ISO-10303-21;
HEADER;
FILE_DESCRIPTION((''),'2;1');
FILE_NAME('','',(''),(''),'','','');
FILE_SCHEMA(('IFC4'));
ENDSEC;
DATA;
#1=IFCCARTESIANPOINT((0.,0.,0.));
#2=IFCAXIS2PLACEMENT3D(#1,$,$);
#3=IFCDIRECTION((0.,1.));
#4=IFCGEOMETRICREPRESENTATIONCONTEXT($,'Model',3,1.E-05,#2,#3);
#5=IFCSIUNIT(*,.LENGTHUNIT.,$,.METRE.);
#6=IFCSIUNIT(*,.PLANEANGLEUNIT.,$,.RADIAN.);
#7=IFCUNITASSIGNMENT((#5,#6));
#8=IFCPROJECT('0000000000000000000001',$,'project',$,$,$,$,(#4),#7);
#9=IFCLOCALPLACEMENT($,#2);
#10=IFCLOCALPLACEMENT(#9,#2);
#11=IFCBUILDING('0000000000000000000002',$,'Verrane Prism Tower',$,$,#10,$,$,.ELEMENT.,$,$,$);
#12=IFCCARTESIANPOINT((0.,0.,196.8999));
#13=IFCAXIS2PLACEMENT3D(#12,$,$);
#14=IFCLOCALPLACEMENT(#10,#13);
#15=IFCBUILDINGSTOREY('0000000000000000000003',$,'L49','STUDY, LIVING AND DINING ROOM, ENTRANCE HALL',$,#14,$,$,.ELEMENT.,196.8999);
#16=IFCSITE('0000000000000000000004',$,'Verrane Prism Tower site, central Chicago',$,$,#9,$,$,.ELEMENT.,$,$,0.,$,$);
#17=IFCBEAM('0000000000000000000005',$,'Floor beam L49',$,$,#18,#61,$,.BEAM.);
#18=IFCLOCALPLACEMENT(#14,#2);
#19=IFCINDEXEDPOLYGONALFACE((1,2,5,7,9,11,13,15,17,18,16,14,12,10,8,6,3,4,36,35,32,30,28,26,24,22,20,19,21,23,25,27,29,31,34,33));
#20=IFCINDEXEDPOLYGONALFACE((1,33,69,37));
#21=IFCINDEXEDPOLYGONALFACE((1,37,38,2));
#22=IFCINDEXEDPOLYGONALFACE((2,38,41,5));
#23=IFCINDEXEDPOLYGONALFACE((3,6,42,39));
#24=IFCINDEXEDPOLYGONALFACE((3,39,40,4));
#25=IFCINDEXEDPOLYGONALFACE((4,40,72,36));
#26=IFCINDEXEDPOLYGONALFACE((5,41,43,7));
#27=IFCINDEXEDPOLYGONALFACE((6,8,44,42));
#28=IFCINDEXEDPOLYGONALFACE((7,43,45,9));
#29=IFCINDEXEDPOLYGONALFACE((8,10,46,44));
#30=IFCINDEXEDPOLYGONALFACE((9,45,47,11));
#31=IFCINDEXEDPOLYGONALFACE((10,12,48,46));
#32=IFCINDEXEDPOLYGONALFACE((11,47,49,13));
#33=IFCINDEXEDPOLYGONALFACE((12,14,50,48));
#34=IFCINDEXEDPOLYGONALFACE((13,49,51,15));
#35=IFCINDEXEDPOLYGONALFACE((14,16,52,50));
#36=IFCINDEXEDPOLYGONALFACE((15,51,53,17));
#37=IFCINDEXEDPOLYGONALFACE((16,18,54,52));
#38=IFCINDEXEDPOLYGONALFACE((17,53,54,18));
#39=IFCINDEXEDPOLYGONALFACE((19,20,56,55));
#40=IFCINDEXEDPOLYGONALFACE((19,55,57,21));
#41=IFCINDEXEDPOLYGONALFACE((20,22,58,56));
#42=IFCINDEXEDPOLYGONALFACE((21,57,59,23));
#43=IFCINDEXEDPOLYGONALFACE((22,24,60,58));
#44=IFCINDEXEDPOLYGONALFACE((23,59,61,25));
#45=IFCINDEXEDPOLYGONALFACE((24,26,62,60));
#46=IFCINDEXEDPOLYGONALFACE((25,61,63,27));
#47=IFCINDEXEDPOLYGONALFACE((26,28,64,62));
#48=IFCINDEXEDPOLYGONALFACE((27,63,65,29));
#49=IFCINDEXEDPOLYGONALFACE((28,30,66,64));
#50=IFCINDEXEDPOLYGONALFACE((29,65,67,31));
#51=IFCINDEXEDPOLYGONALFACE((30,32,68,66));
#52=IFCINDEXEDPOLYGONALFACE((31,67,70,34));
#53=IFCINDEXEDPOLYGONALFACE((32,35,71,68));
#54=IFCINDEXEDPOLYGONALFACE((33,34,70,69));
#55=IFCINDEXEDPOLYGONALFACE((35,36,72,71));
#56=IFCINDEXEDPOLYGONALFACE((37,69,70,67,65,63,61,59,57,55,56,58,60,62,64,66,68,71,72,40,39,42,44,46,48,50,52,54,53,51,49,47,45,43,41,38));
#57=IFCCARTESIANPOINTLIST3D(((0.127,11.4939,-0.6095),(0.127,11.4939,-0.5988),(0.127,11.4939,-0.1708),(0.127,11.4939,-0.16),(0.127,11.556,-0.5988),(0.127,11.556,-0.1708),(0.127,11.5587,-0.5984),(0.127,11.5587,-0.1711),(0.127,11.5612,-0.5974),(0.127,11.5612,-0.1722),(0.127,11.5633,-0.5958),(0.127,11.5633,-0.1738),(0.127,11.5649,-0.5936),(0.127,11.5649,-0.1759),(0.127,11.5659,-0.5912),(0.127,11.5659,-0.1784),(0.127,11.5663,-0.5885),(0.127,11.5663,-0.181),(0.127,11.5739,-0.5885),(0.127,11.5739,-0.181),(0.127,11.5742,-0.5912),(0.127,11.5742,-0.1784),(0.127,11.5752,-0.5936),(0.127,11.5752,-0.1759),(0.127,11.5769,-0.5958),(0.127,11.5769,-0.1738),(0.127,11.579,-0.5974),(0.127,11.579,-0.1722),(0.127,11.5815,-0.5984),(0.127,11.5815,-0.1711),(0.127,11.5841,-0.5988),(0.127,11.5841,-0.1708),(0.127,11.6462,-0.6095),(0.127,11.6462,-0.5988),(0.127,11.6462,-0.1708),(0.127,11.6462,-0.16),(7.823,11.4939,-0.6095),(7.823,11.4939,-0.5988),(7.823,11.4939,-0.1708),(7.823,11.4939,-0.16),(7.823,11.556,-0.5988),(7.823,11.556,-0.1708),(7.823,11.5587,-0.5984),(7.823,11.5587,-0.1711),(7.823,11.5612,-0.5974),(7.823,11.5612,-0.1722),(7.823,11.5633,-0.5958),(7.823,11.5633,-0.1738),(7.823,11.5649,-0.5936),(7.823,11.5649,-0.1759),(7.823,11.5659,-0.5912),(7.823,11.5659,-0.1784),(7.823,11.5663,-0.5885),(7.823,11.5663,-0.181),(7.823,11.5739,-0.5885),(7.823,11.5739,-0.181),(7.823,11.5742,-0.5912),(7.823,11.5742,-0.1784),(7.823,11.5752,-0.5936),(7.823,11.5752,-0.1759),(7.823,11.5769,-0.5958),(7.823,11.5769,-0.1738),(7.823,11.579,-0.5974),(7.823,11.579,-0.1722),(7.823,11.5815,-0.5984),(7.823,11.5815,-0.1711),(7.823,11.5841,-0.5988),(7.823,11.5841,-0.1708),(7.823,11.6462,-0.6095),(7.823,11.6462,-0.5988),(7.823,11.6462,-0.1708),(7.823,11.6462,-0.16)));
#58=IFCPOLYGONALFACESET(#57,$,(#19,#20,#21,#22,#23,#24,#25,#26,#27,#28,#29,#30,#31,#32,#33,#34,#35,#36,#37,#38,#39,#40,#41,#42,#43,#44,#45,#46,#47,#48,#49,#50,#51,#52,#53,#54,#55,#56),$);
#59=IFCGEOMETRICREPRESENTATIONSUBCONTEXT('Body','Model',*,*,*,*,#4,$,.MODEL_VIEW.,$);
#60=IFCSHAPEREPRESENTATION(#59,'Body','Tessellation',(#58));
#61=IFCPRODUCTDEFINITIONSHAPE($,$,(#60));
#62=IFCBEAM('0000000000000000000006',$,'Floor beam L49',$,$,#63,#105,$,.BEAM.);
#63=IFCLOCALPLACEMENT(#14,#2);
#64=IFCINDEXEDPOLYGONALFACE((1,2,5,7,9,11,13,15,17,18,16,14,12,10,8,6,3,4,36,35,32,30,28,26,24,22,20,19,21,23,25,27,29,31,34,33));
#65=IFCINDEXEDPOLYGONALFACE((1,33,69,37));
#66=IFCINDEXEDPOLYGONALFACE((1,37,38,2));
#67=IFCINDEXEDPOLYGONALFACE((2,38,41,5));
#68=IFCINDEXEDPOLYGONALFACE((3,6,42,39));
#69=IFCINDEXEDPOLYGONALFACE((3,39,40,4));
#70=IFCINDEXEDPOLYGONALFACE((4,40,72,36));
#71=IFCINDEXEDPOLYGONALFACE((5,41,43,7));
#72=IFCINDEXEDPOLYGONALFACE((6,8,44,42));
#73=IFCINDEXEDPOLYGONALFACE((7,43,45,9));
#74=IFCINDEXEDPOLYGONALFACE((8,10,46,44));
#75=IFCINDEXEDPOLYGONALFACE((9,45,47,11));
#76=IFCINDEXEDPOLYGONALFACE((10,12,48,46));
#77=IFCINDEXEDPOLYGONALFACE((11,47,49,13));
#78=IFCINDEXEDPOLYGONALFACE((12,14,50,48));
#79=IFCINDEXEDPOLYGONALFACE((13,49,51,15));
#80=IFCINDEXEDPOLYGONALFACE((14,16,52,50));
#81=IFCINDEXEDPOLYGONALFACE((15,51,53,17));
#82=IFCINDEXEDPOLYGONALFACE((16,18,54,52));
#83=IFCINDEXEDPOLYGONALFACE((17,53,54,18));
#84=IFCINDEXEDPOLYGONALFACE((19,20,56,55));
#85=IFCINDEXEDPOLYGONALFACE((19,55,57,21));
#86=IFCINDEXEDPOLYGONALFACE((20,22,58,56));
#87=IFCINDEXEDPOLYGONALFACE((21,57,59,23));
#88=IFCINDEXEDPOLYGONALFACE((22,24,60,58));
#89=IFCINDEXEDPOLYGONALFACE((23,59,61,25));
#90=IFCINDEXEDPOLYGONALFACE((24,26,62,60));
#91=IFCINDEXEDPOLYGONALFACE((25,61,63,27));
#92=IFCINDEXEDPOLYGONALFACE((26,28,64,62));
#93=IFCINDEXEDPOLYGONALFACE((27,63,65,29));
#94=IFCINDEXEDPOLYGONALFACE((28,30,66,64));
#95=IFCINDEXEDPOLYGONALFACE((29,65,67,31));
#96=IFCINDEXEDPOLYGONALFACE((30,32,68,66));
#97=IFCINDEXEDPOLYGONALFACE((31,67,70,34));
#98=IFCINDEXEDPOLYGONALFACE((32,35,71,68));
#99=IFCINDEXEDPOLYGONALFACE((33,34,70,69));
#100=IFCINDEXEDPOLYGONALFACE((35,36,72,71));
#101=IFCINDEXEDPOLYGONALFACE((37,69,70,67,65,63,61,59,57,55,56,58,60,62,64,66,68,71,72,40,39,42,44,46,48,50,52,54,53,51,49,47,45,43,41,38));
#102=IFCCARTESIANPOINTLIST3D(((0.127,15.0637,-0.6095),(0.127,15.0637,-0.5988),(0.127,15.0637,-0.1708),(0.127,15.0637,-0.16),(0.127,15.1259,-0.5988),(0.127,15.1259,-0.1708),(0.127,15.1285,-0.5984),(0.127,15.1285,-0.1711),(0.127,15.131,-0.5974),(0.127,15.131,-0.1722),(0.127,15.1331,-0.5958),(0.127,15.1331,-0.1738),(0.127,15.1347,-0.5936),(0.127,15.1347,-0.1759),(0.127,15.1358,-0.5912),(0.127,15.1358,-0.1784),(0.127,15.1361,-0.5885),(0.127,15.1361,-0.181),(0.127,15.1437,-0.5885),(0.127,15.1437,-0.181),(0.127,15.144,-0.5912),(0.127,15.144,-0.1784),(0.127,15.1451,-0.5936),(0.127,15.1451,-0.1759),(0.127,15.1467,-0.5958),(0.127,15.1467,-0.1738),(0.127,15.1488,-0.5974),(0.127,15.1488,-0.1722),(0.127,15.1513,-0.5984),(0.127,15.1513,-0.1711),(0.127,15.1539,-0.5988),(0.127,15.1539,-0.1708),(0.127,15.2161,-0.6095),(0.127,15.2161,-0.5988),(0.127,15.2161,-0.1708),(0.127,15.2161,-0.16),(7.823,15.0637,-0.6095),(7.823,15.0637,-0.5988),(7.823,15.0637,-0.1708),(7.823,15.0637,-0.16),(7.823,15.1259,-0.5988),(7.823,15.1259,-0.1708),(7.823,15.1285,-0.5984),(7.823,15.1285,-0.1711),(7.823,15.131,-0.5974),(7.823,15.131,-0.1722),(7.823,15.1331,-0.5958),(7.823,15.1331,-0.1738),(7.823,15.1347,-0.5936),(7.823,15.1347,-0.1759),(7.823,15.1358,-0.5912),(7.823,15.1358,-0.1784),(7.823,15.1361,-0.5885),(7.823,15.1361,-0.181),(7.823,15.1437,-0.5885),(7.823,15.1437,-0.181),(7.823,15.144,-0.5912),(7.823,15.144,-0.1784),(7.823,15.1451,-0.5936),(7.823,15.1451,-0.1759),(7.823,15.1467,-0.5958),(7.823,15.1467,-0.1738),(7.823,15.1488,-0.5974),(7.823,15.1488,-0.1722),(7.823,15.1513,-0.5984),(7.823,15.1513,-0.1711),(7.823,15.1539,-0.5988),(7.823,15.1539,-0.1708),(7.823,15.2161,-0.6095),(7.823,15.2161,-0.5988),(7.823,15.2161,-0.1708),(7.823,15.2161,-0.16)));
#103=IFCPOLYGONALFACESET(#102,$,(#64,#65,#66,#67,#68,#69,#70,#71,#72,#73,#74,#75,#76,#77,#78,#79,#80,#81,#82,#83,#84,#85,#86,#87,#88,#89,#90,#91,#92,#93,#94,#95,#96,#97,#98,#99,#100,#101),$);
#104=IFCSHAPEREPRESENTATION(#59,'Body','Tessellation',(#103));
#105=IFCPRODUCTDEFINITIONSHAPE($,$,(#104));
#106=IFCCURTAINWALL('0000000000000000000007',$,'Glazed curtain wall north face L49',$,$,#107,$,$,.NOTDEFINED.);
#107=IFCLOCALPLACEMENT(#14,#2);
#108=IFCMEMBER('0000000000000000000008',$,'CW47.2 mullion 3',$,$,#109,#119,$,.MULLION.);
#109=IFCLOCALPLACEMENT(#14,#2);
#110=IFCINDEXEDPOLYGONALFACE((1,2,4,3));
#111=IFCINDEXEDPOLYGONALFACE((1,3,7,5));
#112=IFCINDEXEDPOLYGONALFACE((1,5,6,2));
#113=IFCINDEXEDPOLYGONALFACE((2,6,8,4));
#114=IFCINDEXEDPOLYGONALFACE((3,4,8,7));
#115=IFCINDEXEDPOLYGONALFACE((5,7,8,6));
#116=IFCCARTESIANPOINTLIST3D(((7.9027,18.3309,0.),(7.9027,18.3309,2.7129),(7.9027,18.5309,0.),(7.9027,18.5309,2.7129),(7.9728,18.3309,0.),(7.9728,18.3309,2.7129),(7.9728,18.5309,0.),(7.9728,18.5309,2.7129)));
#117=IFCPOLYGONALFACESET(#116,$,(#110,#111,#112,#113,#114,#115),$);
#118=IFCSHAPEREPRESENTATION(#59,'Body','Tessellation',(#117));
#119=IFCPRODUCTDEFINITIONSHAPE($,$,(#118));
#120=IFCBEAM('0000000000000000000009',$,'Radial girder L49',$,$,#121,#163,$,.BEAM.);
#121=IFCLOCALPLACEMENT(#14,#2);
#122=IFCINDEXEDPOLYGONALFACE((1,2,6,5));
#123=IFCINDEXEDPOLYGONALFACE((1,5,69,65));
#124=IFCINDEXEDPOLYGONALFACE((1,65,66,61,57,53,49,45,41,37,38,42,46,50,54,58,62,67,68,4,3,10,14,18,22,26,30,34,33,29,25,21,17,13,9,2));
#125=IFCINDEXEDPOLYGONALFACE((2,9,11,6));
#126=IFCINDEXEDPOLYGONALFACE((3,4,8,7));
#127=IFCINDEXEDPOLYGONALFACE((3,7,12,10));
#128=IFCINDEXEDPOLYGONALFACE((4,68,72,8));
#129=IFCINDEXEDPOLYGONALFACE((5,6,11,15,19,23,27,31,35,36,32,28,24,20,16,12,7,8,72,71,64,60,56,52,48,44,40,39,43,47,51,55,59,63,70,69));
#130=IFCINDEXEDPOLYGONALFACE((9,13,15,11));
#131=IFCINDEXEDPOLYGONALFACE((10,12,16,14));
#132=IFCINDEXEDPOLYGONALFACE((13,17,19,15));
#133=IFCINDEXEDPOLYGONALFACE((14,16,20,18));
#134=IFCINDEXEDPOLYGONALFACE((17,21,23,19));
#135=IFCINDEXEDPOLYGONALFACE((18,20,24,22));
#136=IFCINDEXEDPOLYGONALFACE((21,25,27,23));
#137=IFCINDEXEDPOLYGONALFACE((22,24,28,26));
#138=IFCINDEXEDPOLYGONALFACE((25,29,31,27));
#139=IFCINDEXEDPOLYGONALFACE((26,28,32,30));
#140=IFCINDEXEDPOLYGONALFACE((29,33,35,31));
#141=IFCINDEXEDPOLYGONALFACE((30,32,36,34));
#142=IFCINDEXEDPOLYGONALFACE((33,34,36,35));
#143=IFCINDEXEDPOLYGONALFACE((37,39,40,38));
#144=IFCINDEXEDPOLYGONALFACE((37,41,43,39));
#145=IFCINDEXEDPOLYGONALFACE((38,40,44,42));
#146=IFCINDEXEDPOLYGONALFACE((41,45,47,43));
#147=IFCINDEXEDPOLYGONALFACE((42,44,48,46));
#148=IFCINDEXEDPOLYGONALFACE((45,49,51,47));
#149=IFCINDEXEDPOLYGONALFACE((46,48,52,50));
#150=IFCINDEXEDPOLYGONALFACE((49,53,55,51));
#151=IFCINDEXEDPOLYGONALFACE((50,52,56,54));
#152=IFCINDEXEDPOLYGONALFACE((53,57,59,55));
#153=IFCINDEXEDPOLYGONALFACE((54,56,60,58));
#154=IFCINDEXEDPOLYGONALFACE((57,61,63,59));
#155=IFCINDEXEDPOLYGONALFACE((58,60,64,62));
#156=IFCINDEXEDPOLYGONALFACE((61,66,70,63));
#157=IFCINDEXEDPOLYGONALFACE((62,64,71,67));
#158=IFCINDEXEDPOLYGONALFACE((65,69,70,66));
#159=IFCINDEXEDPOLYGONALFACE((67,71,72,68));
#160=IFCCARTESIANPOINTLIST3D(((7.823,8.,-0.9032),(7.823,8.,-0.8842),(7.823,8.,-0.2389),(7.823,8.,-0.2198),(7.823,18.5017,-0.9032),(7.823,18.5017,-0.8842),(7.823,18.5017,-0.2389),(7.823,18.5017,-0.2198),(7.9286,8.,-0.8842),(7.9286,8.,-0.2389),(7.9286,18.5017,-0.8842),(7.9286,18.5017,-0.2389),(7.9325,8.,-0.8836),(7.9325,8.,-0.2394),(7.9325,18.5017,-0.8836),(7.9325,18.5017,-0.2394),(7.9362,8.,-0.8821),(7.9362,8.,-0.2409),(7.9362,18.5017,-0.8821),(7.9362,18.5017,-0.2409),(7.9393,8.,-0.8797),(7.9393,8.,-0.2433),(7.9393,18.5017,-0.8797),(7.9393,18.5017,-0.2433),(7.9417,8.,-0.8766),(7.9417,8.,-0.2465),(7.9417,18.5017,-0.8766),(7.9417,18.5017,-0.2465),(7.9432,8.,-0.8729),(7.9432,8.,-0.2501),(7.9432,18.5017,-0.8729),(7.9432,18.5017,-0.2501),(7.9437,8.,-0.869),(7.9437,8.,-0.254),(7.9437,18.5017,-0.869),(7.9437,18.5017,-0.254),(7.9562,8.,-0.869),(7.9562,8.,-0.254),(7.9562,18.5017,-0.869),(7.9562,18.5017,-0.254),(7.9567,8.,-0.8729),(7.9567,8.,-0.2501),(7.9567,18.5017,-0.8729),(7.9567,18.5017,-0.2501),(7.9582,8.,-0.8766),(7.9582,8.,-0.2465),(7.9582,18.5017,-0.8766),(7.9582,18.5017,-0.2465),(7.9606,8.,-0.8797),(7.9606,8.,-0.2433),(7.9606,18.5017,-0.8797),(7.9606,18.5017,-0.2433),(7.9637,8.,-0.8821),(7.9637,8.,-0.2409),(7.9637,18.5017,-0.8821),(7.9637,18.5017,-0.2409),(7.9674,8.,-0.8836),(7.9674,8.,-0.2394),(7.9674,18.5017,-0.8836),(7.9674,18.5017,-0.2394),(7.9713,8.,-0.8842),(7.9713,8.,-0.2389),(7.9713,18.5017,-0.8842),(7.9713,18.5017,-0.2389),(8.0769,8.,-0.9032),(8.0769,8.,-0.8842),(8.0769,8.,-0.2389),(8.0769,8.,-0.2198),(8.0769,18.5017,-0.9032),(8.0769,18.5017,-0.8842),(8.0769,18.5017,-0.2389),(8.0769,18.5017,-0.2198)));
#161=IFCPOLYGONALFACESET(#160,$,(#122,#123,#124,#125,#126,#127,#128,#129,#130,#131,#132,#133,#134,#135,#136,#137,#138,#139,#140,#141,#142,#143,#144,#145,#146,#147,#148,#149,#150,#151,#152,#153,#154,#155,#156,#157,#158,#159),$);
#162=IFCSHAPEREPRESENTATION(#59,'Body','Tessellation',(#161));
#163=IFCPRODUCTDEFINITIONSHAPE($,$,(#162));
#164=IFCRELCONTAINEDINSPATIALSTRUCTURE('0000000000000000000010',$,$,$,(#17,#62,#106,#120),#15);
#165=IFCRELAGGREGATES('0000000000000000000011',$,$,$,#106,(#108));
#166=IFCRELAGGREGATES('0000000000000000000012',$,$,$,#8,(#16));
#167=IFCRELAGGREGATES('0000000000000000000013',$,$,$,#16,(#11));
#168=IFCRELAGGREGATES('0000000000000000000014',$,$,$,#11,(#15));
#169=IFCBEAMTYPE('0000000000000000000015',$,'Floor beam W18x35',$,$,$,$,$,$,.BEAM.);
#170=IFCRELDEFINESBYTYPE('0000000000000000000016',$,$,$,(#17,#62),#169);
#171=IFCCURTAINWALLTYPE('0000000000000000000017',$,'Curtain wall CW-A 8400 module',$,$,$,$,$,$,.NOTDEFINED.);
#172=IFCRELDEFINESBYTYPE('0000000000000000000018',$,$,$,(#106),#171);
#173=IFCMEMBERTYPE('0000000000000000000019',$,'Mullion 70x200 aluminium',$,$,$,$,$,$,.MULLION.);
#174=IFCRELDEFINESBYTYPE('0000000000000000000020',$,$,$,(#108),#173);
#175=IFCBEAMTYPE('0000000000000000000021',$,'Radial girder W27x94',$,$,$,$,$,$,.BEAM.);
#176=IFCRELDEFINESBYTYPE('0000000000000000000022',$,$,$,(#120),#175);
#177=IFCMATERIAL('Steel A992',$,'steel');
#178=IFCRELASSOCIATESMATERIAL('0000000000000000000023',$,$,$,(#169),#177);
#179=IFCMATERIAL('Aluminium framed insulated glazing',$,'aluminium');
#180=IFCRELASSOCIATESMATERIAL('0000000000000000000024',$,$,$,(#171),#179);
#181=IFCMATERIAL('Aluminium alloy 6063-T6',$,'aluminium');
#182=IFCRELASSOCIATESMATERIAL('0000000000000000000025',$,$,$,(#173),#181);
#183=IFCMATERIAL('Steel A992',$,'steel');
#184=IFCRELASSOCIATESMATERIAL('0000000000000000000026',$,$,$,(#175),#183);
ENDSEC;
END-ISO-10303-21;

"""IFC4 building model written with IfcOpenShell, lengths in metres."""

from ifc_helpers import new_model, si_unit, direction, frame, origin, origin_2d, place, context, subcontext, project, spatial, rectangle, i_section, extrude, material, material_profile, profile_set, type_object, element, aggregate, save


model = new_model("IFC4")

# Units and contexts
model_context = context("Model", 3, precision=1e-05, world=origin(), true_north=direction((0.0, 1.0)))
body_context = subcontext(model_context, "Body", "Model", "MODEL_VIEW")
ifc_project = project(units=[si_unit("LENGTHUNIT", "METRE"), si_unit("PLANEANGLEUNIT", "RADIAN")], contexts=[model_context])

# Site, building, storey
site_placement = place(None, origin())
site = spatial("IfcSite", under=ifc_project, at=site_placement, Name="Verrane Prism Tower site, central Chicago", CompositionType="ELEMENT", RefElevation=0.0)
building_placement = place(site_placement, origin())
building = spatial("IfcBuilding", under=site, at=building_placement, Name="Verrane Prism Tower", CompositionType="ELEMENT")
storey_placement = place(building_placement, frame((0.0, 0.0, 196.8999)))
storey = spatial("IfcBuildingStorey", under=building, at=storey_placement, Name="L49", Description="STUDY, LIVING AND DINING ROOM, ENTRANCE HALL", CompositionType="ELEMENT", Elevation=196.8999)

# Beams
ifc_material_1 = material(Name="Steel A992", Category="steel")
ifc_material_profile_1 = material_profile(ifc_material_1, i_section(OverallWidth=0.1523, OverallDepth=0.4495, WebThickness=0.0076, FlangeThickness=0.0107, FilletRadius=0.0103, at=origin_2d()), Name="W18x35")
ifc_profile_set_1 = profile_set([ifc_material_profile_1], Name="Steel A992")
beam_type_1 = type_object("IfcBeamType", Name="Floor beam W18x35", PredefinedType="BEAM", material=ifc_profile_set_1)
for number, where, z_axis, x_axis, name in (
    (1, (0.127, 11.5701, -0.3848), (1.0, 0.0, 0.0), (0.0, 1.0, 0.0), "Floor beam L49"),
    (2, (0.127, 15.1399, -0.3848), (1.0, 0.0, 0.0), (0.0, 1.0, 0.0), "Floor beam L49"),
):
    element("IfcBeam", number, at=place(storey_placement, frame(where, z_axis=z_axis, x_axis=x_axis)), inside=storey, type_object=beam_type_1, Name=name, PredefinedType="BEAM", context=body_context, shape_type="SweptSolid", body=[
        extrude(i_section(OverallWidth=0.1523, OverallDepth=0.4495, WebThickness=0.0076, FlangeThickness=0.0107, FilletRadius=0.0103, at=origin_2d()), origin(), (0.0, 0.0, 1.0), 7.696),
    ])

# Curtain wall, member
ifc_material_2 = material(Name="Aluminium framed insulated glazing", Category="aluminium")
curtain_wall_type = type_object("IfcCurtainWallType", Name="Curtain wall CW-A 8400 module", PredefinedType="NOTDEFINED", material=ifc_material_2)
curtain_wall_placement = place(storey_placement, origin())
curtain_wall = element("IfcCurtainWall", 3, at=curtain_wall_placement, inside=storey, type_object=curtain_wall_type, Name="Glazed curtain wall north face L49", PredefinedType="NOTDEFINED")
ifc_material_3 = material(Name="Aluminium alloy 6063-T6", Category="aluminium")
ifc_material_profile_2 = material_profile(ifc_material_3, rectangle(XDim=0.2, YDim=0.0701, at=origin_2d()), Name="Mullion 70x200 aluminium")
ifc_profile_set_2 = profile_set([ifc_material_profile_2], Name="Aluminium alloy 6063-T6")
member_type_1 = type_object("IfcMemberType", Name="Mullion 70x200 aluminium", PredefinedType="MULLION", material=ifc_profile_set_2)
member_1_placement = place(storey_placement, frame((7.9377, 18.4309, 0.0), z_axis=(0.0, 0.0, 1.0), x_axis=(0.0, -1.0, 0.0)))
member_1 = element("IfcMember", 4, at=member_1_placement, type_object=member_type_1, Name="CW47.2 mullion 3", PredefinedType="MULLION", context=body_context, shape_type="SweptSolid", body=[
    extrude(rectangle(XDim=0.2, YDim=0.0701, at=origin_2d()), origin(), (0.0, 0.0, 1.0), 2.7129),
])

# Beam
ifc_material_4 = material(Name="Steel A992", Category="steel")
ifc_material_profile_3 = material_profile(ifc_material_4, i_section(OverallWidth=0.2539, OverallDepth=0.6833, WebThickness=0.0125, FlangeThickness=0.019, FilletRadius=0.0151, at=origin_2d()), Name="W27x94")
ifc_profile_set_3 = profile_set([ifc_material_profile_3], Name="Steel A992")
beam_type_2 = type_object("IfcBeamType", Name="Radial girder W27x94", PredefinedType="BEAM", material=ifc_profile_set_3)
beam_1_placement = place(storey_placement, frame((7.95, 18.5017, -0.5615), z_axis=(0.0, -1.0, 0.0), x_axis=(1.0, 0.0, 0.0)))
element("IfcBeam", 5, at=beam_1_placement, inside=storey, type_object=beam_type_2, Name="Radial girder L49", PredefinedType="BEAM", context=body_context, shape_type="SweptSolid", body=[
    extrude(i_section(OverallWidth=0.2539, OverallDepth=0.6833, WebThickness=0.0125, FlangeThickness=0.019, FilletRadius=0.0151, at=origin_2d()), origin(), (0.0, 0.0, 1.0), 10.5017),
])

aggregate(curtain_wall, [member_1])

save(model, "model.ifc")
